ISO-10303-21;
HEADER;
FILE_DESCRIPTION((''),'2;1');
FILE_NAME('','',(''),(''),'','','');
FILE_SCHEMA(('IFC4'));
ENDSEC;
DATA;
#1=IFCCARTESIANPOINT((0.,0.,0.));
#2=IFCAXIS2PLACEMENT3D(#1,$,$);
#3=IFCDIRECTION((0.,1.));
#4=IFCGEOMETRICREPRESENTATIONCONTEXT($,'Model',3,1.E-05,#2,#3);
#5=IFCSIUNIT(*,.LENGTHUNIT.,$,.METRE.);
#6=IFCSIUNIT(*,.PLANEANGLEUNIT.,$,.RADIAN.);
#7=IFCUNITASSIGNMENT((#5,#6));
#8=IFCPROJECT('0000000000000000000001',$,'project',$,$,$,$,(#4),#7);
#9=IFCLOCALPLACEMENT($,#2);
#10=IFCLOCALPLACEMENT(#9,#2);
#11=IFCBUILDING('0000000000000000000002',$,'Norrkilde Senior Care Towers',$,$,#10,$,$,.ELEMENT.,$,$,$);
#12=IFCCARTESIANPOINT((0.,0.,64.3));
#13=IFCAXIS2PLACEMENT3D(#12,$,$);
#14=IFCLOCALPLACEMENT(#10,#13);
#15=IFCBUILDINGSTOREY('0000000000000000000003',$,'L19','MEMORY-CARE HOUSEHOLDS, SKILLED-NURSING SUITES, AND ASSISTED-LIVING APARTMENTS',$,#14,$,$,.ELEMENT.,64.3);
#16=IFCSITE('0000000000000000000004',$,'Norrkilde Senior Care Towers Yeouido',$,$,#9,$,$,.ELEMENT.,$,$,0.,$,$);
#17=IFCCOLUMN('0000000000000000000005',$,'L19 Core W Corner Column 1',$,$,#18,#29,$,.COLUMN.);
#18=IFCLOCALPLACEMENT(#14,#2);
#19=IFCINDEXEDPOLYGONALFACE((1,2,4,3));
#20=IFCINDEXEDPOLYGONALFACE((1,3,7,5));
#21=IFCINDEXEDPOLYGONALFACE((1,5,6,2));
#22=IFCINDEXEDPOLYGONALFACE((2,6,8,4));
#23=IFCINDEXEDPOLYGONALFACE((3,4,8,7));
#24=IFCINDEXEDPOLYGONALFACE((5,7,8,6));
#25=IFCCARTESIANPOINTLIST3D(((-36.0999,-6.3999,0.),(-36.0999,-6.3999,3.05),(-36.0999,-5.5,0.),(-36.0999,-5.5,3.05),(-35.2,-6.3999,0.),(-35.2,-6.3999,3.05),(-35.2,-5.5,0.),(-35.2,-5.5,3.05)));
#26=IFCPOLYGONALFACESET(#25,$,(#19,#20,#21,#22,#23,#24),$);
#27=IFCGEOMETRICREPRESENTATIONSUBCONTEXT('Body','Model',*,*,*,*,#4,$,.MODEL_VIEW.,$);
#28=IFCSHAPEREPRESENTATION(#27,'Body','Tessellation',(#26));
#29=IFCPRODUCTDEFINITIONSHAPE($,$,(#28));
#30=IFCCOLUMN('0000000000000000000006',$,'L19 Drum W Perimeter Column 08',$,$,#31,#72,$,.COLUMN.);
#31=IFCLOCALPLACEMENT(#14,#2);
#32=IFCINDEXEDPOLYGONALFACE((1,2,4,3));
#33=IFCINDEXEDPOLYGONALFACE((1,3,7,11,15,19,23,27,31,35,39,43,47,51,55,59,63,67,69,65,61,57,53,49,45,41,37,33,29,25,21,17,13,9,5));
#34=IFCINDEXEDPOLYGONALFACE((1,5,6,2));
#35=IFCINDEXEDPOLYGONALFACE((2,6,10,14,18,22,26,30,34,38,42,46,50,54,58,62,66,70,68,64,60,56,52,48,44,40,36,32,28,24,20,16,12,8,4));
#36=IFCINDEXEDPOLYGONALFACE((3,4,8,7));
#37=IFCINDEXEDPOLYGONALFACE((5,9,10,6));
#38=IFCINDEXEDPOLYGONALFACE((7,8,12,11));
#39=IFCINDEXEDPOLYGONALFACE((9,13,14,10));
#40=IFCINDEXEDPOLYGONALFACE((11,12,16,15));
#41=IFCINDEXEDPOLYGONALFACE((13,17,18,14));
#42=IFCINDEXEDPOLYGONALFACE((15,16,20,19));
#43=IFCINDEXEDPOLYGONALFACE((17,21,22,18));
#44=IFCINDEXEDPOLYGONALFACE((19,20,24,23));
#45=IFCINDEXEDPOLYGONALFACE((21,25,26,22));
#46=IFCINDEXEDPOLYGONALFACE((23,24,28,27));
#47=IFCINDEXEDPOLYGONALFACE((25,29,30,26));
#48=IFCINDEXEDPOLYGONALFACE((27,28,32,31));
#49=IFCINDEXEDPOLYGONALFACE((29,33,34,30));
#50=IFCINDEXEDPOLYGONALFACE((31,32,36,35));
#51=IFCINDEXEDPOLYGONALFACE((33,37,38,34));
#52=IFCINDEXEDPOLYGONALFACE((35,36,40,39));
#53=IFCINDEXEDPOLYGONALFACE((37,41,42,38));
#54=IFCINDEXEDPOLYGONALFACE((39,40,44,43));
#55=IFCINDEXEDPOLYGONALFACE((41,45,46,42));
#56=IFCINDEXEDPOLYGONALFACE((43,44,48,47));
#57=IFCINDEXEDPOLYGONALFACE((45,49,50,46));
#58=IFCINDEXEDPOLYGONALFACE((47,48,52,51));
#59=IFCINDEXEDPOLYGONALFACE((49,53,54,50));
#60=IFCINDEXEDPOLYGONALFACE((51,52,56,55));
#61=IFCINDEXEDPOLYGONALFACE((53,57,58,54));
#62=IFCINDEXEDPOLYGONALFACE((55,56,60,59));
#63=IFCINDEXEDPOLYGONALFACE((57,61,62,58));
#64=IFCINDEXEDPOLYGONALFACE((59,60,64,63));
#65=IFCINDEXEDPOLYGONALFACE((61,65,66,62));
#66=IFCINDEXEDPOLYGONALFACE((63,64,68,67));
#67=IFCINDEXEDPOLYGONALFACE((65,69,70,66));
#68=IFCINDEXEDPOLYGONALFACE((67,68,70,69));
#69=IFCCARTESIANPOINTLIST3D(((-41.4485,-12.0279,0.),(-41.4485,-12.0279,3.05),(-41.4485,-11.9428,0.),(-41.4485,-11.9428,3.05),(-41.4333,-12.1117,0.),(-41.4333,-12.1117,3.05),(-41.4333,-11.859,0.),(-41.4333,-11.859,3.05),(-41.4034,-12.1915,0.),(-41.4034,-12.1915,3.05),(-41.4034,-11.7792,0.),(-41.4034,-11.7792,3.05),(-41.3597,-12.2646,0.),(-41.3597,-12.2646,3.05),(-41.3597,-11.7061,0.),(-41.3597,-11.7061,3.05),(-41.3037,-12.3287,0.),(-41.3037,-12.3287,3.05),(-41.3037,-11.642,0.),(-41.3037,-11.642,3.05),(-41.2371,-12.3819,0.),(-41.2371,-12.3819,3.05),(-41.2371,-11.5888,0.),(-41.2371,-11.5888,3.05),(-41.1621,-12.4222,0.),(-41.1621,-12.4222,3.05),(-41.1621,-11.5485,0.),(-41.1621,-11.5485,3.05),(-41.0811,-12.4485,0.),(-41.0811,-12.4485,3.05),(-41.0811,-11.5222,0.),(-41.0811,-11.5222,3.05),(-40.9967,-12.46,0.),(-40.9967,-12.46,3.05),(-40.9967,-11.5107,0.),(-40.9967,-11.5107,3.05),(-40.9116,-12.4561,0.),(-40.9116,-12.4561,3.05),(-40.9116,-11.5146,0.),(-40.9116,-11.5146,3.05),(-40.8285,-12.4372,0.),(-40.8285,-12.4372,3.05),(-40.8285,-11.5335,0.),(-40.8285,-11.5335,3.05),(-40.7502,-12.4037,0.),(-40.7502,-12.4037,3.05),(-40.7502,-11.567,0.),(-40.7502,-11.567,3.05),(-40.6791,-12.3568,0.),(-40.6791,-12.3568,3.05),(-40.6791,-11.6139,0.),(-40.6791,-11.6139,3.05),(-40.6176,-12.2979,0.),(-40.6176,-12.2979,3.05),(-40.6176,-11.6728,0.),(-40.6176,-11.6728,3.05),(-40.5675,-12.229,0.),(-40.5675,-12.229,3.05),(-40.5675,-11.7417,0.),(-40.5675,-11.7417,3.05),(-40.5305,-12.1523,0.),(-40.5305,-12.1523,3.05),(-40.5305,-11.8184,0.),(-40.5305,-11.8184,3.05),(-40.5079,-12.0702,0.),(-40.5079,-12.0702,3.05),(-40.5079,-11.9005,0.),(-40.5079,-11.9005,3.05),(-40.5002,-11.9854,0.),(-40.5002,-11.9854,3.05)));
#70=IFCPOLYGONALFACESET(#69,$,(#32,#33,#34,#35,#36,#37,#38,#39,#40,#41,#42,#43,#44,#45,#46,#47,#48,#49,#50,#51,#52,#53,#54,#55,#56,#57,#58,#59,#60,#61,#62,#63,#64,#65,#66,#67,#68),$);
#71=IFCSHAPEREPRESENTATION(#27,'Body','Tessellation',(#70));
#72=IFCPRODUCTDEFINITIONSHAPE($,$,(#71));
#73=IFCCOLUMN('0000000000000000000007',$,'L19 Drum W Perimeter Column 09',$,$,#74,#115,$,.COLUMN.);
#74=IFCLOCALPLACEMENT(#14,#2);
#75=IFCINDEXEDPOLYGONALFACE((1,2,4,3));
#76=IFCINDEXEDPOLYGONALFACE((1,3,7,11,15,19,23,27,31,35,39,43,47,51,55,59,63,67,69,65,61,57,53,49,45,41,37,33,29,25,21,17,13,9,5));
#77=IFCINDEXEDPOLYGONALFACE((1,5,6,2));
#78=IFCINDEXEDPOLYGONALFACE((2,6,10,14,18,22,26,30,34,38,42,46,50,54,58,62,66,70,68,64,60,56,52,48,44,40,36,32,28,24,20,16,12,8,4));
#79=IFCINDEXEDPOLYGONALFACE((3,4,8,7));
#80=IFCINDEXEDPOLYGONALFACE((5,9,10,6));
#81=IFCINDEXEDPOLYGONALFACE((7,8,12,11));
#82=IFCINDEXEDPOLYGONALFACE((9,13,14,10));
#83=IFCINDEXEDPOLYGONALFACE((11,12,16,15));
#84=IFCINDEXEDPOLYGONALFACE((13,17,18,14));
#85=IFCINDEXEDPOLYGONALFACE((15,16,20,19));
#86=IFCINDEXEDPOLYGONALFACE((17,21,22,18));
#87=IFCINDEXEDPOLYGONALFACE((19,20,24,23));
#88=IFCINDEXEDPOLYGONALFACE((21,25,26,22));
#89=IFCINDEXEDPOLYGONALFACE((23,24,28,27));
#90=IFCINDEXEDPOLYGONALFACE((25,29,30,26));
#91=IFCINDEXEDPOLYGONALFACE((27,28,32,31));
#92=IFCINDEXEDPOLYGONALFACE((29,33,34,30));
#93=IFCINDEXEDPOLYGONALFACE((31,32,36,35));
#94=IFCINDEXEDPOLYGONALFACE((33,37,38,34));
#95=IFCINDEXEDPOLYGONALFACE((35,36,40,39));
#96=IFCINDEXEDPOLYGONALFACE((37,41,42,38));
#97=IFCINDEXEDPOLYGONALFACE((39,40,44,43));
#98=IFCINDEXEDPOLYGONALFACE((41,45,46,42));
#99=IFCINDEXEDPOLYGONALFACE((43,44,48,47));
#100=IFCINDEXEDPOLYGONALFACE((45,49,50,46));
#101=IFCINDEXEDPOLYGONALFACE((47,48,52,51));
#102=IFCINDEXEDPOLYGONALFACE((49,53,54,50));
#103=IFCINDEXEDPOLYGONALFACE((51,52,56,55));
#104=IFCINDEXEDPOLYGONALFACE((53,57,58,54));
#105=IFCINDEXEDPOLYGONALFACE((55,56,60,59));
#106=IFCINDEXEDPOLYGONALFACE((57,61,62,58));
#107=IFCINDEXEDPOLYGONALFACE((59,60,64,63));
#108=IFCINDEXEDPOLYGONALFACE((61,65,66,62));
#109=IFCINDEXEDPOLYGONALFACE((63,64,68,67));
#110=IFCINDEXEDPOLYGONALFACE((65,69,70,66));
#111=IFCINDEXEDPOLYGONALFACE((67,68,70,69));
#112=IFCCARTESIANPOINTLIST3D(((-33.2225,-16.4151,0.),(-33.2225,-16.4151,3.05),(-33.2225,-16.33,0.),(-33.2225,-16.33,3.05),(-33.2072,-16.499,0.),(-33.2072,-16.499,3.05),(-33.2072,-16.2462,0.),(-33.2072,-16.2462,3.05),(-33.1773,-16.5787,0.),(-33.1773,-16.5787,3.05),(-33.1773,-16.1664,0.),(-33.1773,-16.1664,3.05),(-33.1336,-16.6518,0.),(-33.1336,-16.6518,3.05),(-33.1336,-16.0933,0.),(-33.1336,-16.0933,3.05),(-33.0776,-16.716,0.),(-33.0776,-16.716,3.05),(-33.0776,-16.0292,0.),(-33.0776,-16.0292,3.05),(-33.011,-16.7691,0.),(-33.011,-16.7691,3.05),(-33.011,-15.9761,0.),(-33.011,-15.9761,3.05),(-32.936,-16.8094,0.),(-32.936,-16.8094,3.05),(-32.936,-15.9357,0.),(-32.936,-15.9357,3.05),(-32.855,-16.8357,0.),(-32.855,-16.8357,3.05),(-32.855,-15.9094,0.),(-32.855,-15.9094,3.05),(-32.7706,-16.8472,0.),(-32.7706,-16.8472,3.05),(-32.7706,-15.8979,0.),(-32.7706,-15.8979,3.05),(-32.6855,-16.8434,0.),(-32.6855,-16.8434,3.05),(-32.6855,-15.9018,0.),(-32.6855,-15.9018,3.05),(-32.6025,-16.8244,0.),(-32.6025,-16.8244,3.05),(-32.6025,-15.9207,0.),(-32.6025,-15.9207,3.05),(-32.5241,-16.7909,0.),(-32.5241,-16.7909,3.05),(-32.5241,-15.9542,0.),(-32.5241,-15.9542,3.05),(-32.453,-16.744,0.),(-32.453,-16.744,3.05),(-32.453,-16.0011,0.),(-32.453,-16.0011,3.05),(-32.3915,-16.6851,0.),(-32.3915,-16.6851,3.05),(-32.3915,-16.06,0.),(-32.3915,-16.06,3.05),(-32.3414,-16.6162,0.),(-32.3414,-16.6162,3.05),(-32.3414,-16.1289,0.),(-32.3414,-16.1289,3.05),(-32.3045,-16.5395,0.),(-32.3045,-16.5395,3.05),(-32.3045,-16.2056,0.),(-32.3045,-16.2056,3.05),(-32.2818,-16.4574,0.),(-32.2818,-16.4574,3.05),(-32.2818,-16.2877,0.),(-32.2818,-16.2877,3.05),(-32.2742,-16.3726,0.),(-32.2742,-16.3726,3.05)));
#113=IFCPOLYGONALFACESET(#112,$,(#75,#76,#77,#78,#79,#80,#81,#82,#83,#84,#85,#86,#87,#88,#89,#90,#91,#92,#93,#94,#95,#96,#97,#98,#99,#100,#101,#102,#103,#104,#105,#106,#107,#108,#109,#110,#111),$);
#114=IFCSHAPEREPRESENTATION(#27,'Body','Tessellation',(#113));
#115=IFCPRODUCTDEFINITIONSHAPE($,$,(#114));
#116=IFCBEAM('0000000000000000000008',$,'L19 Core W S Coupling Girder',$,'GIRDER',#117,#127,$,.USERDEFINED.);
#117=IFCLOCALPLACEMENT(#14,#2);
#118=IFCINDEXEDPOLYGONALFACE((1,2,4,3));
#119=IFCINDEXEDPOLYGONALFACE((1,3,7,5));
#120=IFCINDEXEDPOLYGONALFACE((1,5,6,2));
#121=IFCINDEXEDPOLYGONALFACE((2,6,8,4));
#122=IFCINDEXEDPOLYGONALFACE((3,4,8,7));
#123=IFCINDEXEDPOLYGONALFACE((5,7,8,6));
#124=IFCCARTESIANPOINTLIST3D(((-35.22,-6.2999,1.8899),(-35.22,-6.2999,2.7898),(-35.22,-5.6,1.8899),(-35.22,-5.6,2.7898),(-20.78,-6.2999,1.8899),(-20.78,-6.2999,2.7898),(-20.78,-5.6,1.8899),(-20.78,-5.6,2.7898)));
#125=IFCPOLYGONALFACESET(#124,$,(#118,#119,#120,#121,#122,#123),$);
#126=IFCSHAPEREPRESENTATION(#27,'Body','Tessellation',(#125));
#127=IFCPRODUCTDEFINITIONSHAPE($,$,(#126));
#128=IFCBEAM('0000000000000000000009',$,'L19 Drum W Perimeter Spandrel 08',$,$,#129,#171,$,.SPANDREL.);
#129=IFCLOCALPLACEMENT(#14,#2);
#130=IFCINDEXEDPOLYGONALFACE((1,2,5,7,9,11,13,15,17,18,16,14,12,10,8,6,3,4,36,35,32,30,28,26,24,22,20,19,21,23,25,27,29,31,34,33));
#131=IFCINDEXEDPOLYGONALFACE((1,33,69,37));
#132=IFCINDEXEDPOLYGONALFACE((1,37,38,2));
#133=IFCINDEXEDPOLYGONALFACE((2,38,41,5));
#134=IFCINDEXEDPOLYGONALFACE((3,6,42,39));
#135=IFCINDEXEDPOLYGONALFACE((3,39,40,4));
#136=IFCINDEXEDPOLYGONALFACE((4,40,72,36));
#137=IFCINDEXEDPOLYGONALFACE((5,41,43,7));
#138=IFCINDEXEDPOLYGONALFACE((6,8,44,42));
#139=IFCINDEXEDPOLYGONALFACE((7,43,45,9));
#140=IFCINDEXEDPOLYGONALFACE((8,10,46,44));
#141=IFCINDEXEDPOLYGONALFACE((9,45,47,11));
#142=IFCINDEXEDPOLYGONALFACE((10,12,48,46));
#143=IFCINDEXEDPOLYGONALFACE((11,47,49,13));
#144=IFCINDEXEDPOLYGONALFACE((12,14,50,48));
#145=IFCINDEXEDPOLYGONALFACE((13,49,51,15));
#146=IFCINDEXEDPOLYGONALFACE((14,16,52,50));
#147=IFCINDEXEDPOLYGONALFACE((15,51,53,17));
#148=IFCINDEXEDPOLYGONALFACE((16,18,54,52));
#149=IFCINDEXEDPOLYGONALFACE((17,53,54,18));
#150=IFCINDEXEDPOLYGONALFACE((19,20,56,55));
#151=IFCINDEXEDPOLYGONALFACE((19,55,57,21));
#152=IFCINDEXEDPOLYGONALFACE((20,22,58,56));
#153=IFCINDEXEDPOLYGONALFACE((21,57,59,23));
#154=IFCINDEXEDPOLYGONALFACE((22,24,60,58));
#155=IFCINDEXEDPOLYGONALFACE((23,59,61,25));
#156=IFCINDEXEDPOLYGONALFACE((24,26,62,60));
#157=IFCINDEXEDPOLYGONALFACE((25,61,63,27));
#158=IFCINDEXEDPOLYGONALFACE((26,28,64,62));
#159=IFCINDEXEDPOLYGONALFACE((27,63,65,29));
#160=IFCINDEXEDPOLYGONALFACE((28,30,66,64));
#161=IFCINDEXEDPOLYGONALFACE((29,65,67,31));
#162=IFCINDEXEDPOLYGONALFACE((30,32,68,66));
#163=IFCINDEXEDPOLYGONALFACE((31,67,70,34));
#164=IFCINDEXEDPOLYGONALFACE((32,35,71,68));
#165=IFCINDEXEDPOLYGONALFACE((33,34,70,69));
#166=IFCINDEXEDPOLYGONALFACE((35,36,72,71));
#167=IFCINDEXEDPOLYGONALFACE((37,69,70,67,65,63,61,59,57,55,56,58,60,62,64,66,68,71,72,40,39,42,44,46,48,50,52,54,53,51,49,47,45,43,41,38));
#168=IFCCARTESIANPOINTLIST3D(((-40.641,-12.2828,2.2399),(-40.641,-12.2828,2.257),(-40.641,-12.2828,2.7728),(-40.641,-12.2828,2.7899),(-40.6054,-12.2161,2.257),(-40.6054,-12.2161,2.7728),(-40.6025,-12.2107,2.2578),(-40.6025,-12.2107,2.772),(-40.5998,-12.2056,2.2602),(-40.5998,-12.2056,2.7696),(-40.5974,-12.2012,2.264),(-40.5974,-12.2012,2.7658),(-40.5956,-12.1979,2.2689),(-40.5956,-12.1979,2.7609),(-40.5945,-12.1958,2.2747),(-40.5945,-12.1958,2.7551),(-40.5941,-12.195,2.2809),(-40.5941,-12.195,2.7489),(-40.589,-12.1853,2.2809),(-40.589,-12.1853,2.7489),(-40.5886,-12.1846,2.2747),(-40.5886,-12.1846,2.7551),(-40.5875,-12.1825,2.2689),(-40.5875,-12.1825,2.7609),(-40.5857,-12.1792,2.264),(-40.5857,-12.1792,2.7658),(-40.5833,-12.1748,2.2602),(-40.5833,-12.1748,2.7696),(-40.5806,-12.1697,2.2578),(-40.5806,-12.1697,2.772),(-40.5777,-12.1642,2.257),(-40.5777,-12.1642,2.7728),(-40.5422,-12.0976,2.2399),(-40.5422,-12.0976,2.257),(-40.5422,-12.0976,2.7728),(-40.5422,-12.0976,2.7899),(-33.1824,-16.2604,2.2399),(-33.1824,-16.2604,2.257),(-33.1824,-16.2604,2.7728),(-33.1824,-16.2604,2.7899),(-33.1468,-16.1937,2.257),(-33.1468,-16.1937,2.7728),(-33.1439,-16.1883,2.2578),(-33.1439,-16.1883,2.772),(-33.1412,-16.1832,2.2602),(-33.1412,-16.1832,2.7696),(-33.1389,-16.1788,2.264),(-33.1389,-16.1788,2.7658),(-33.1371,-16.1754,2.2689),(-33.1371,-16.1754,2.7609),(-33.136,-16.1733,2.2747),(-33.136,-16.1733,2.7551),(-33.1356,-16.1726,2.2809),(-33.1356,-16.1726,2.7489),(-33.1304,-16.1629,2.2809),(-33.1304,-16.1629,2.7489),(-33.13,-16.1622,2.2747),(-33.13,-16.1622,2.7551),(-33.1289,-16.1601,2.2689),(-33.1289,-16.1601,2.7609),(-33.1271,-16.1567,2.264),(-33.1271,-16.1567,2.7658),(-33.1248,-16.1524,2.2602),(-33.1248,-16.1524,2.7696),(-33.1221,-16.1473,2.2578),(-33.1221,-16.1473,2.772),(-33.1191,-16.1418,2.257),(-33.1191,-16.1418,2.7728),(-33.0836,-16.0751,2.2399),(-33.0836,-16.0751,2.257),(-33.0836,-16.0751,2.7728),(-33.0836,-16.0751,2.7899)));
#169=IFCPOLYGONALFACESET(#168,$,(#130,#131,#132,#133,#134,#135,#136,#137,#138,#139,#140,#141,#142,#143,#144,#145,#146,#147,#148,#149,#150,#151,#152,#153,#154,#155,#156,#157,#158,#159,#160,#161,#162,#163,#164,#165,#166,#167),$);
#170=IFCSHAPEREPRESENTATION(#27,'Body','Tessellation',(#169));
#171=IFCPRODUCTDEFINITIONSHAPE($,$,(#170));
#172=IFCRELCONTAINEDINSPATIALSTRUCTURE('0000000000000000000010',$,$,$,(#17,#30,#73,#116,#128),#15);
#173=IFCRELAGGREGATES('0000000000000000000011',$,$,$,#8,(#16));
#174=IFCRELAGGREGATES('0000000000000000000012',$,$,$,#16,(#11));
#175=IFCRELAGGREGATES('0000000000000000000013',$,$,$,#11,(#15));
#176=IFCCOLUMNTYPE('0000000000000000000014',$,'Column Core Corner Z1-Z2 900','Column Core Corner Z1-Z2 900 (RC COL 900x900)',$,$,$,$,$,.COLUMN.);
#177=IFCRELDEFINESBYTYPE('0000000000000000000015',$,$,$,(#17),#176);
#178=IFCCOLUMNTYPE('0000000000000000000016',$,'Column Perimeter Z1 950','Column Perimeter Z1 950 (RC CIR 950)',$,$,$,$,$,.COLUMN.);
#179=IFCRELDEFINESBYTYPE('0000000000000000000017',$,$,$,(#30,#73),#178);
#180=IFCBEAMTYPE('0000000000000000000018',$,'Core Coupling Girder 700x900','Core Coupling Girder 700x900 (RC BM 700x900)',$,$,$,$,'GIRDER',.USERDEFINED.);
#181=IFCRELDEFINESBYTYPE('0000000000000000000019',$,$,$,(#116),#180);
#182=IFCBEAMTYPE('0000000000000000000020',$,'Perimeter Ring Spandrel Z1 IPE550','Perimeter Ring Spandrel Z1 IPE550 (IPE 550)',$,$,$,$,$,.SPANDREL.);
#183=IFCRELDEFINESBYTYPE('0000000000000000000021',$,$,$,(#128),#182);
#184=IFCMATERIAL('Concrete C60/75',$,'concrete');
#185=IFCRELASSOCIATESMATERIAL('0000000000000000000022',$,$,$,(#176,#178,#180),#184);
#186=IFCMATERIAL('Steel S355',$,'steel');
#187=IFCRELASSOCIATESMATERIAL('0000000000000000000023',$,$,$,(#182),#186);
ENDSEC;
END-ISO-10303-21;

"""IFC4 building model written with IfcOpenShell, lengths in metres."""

from ifc_helpers import new_model, si_unit, direction, frame, origin, origin_2d, place, context, subcontext, project, spatial, rectangle, circle, i_section, extrude, source, transform, mapped, material, material_profile, profile_set, type_object, type_shapes, element, save


model = new_model("IFC4")

# Units and contexts
model_context = context("Model", 3, precision=1e-05, world=origin(), true_north=direction((0.0, 1.0)))
body_context = subcontext(model_context, "Body", "Model", "MODEL_VIEW")
ifc_project = project(units=[si_unit("LENGTHUNIT", "METRE"), si_unit("PLANEANGLEUNIT", "RADIAN")], contexts=[model_context])

# Site, building, storey
site_placement = place(None, origin())
site = spatial("IfcSite", under=ifc_project, at=site_placement, Name="Norrkilde Senior Care Towers Yeouido", CompositionType="ELEMENT", RefElevation=0.0)
building_placement = place(site_placement, origin())
building = spatial("IfcBuilding", under=site, at=building_placement, Name="Norrkilde Senior Care Towers", CompositionType="ELEMENT")
storey_placement = place(building_placement, frame((0.0, 0.0, 64.3)))
storey = spatial("IfcBuildingStorey", under=building, at=storey_placement, Name="L19", Description="MEMORY-CARE HOUSEHOLDS, SKILLED-NURSING SUITES, AND ASSISTED-LIVING APARTMENTS", CompositionType="ELEMENT", Elevation=64.3)

# Columns
ifc_material_1 = material(Name="Concrete C60/75", Category="concrete")
ifc_material_profile_1 = material_profile(ifc_material_1, rectangle(XDim=0.8999, YDim=0.8999, at=origin_2d()), Name="RC COL 900x900")
ifc_profile_set_1 = profile_set([ifc_material_profile_1], Name="Concrete C60/75")
column_type_1 = type_object("IfcColumnType", Name="Column Core Corner Z1-Z2 900", Description="Column Core Corner Z1-Z2 900 (RC COL 900x900)", PredefinedType="COLUMN", material=ifc_profile_set_1)
shared_shape_1 = source(origin(), body_context, "Body", "SweptSolid", [
    extrude(rectangle(XDim=0.8999, YDim=0.8999, at=origin_2d()), origin(), (0.0, 0.0, 1.0), 3.05),
])
type_shapes(column_type_1, [shared_shape_1])
column_placement = place(storey_placement, frame((-35.6499, -5.95, 0.0), z_axis=(0.0, 0.0, 1.0), x_axis=(1.0, 0.0, 0.0)))
element("IfcColumn", 1, at=column_placement, inside=storey, type_object=column_type_1, Name="L19 Core W Corner Column 1", PredefinedType="COLUMN", context=body_context, shape_type="MappedRepresentation", body=[
    mapped(shared_shape_1, transform((0.0, 0.0, 0.0), x_axis=(1.0, 0.0, 0.0), y_axis=(0.0, 1.0, 0.0), z_axis=(0.0, 0.0, 1.0), scale=1.0)),
])
ifc_material_profile_2 = material_profile(ifc_material_1, circle(Radius=0.4751, at=origin_2d()), Name="RC CIR 950")
ifc_profile_set_2 = profile_set([ifc_material_profile_2], Name="Concrete C60/75")
column_type_2 = type_object("IfcColumnType", Name="Column Perimeter Z1 950", Description="Column Perimeter Z1 950 (RC CIR 950)", PredefinedType="COLUMN", material=ifc_profile_set_2)
shared_shape_2 = source(origin(), body_context, "Body", "SweptSolid", [
    extrude(circle(Radius=0.4751, at=origin_2d()), origin(), (0.0, 0.0, 1.0), 3.05),
])
type_shapes(column_type_2, [shared_shape_2])
for number, where, z_axis, x_axis, name in (
    (2, (-40.9753, -11.9854, 0.0), (0.0, 0.0, 1.0), (1.0, 0.0, 0.0), "L19 Drum W Perimeter Column 08"),
    (3, (-32.7493, -16.3726, 0.0), (0.0, 0.0, 1.0), (1.0, 0.0, 0.0), "L19 Drum W Perimeter Column 09"),
):
    element("IfcColumn", number, at=place(storey_placement, frame(where, z_axis=z_axis, x_axis=x_axis)), inside=storey, type_object=column_type_2, Name=name, PredefinedType="COLUMN", context=body_context, shape_type="MappedRepresentation", body=[
        mapped(shared_shape_2, transform((0.0, 0.0, 0.0), x_axis=(1.0, 0.0, 0.0), y_axis=(0.0, 1.0, 0.0), z_axis=(0.0, 0.0, 1.0), scale=1.0)),
    ])

# Beams
ifc_material_profile_3 = material_profile(ifc_material_1, rectangle(XDim=0.7, YDim=0.8999, at=origin_2d()), Name="RC BM 700x900")
ifc_profile_set_3 = profile_set([ifc_material_profile_3], Name="Concrete C60/75")
beam_type_1 = type_object("IfcBeamType", Name="Core Coupling Girder 700x900", Description="Core Coupling Girder 700x900 (RC BM 700x900)", ElementType="GIRDER", PredefinedType="USERDEFINED", material=ifc_profile_set_3)
shared_shape_3 = source(origin(), body_context, "Body", "SweptSolid", [
    extrude(rectangle(XDim=0.7, YDim=0.8999, at=origin_2d()), origin(), (0.0, 0.0, 1.0), 14.4399),
])
type_shapes(beam_type_1, [shared_shape_3])
beam_1_placement = place(storey_placement, frame((-35.22, -5.95, 2.3398), z_axis=(1.0, 0.0, 0.0), x_axis=(0.0, 1.0, 0.0)))
element("IfcBeam", 4, at=beam_1_placement, inside=storey, type_object=beam_type_1, Name="L19 Core W S Coupling Girder", ObjectType="GIRDER", PredefinedType="USERDEFINED", context=body_context, shape_type="MappedRepresentation", body=[
    mapped(shared_shape_3, transform((0.0, 0.0, 0.0), x_axis=(1.0, 0.0, 0.0), y_axis=(0.0, 1.0, 0.0), z_axis=(0.0, 0.0, 1.0), scale=1.0)),
])
ifc_material_2 = material(Name="Steel S355", Category="steel")
ifc_material_profile_4 = material_profile(ifc_material_2, i_section(OverallWidth=0.21, OverallDepth=0.55, WebThickness=0.011, FlangeThickness=0.0171, FilletRadius=0.0239, at=origin_2d()), Name="IPE 550")
ifc_profile_set_4 = profile_set([ifc_material_profile_4], Name="Steel S355")
beam_type_2 = type_object("IfcBeamType", Name="Perimeter Ring Spandrel Z1 IPE550", Description="Perimeter Ring Spandrel Z1 IPE550 (IPE 550)", PredefinedType="SPANDREL", material=ifc_profile_set_4)
shared_shape_4 = source(origin(), body_context, "Body", "SweptSolid", [
    extrude(i_section(OverallWidth=0.21, OverallDepth=0.55, WebThickness=0.011, FlangeThickness=0.0171, FilletRadius=0.0239, at=origin_2d()), origin(), (0.0, 0.0, 1.0), 8.4529),
])
beam_2_placement = place(storey_placement, frame((-40.5916, -12.1902, 2.5149), z_axis=(0.882369, -0.470558, 0.0), x_axis=(0.470558, 0.882369, 0.0)))
element("IfcBeam", 5, at=beam_2_placement, inside=storey, type_object=beam_type_2, Name="L19 Drum W Perimeter Spandrel 08", PredefinedType="SPANDREL", context=body_context, shape_type="MappedRepresentation", body=[
    mapped(shared_shape_4, transform((0.0, 0.0, 0.0), x_axis=(1.0, 0.0, 0.0), y_axis=(0.0, 1.0, 0.0), z_axis=(0.0, 0.0, 1.0), scale=1.0)),
])

save(model, "model.ifc")
